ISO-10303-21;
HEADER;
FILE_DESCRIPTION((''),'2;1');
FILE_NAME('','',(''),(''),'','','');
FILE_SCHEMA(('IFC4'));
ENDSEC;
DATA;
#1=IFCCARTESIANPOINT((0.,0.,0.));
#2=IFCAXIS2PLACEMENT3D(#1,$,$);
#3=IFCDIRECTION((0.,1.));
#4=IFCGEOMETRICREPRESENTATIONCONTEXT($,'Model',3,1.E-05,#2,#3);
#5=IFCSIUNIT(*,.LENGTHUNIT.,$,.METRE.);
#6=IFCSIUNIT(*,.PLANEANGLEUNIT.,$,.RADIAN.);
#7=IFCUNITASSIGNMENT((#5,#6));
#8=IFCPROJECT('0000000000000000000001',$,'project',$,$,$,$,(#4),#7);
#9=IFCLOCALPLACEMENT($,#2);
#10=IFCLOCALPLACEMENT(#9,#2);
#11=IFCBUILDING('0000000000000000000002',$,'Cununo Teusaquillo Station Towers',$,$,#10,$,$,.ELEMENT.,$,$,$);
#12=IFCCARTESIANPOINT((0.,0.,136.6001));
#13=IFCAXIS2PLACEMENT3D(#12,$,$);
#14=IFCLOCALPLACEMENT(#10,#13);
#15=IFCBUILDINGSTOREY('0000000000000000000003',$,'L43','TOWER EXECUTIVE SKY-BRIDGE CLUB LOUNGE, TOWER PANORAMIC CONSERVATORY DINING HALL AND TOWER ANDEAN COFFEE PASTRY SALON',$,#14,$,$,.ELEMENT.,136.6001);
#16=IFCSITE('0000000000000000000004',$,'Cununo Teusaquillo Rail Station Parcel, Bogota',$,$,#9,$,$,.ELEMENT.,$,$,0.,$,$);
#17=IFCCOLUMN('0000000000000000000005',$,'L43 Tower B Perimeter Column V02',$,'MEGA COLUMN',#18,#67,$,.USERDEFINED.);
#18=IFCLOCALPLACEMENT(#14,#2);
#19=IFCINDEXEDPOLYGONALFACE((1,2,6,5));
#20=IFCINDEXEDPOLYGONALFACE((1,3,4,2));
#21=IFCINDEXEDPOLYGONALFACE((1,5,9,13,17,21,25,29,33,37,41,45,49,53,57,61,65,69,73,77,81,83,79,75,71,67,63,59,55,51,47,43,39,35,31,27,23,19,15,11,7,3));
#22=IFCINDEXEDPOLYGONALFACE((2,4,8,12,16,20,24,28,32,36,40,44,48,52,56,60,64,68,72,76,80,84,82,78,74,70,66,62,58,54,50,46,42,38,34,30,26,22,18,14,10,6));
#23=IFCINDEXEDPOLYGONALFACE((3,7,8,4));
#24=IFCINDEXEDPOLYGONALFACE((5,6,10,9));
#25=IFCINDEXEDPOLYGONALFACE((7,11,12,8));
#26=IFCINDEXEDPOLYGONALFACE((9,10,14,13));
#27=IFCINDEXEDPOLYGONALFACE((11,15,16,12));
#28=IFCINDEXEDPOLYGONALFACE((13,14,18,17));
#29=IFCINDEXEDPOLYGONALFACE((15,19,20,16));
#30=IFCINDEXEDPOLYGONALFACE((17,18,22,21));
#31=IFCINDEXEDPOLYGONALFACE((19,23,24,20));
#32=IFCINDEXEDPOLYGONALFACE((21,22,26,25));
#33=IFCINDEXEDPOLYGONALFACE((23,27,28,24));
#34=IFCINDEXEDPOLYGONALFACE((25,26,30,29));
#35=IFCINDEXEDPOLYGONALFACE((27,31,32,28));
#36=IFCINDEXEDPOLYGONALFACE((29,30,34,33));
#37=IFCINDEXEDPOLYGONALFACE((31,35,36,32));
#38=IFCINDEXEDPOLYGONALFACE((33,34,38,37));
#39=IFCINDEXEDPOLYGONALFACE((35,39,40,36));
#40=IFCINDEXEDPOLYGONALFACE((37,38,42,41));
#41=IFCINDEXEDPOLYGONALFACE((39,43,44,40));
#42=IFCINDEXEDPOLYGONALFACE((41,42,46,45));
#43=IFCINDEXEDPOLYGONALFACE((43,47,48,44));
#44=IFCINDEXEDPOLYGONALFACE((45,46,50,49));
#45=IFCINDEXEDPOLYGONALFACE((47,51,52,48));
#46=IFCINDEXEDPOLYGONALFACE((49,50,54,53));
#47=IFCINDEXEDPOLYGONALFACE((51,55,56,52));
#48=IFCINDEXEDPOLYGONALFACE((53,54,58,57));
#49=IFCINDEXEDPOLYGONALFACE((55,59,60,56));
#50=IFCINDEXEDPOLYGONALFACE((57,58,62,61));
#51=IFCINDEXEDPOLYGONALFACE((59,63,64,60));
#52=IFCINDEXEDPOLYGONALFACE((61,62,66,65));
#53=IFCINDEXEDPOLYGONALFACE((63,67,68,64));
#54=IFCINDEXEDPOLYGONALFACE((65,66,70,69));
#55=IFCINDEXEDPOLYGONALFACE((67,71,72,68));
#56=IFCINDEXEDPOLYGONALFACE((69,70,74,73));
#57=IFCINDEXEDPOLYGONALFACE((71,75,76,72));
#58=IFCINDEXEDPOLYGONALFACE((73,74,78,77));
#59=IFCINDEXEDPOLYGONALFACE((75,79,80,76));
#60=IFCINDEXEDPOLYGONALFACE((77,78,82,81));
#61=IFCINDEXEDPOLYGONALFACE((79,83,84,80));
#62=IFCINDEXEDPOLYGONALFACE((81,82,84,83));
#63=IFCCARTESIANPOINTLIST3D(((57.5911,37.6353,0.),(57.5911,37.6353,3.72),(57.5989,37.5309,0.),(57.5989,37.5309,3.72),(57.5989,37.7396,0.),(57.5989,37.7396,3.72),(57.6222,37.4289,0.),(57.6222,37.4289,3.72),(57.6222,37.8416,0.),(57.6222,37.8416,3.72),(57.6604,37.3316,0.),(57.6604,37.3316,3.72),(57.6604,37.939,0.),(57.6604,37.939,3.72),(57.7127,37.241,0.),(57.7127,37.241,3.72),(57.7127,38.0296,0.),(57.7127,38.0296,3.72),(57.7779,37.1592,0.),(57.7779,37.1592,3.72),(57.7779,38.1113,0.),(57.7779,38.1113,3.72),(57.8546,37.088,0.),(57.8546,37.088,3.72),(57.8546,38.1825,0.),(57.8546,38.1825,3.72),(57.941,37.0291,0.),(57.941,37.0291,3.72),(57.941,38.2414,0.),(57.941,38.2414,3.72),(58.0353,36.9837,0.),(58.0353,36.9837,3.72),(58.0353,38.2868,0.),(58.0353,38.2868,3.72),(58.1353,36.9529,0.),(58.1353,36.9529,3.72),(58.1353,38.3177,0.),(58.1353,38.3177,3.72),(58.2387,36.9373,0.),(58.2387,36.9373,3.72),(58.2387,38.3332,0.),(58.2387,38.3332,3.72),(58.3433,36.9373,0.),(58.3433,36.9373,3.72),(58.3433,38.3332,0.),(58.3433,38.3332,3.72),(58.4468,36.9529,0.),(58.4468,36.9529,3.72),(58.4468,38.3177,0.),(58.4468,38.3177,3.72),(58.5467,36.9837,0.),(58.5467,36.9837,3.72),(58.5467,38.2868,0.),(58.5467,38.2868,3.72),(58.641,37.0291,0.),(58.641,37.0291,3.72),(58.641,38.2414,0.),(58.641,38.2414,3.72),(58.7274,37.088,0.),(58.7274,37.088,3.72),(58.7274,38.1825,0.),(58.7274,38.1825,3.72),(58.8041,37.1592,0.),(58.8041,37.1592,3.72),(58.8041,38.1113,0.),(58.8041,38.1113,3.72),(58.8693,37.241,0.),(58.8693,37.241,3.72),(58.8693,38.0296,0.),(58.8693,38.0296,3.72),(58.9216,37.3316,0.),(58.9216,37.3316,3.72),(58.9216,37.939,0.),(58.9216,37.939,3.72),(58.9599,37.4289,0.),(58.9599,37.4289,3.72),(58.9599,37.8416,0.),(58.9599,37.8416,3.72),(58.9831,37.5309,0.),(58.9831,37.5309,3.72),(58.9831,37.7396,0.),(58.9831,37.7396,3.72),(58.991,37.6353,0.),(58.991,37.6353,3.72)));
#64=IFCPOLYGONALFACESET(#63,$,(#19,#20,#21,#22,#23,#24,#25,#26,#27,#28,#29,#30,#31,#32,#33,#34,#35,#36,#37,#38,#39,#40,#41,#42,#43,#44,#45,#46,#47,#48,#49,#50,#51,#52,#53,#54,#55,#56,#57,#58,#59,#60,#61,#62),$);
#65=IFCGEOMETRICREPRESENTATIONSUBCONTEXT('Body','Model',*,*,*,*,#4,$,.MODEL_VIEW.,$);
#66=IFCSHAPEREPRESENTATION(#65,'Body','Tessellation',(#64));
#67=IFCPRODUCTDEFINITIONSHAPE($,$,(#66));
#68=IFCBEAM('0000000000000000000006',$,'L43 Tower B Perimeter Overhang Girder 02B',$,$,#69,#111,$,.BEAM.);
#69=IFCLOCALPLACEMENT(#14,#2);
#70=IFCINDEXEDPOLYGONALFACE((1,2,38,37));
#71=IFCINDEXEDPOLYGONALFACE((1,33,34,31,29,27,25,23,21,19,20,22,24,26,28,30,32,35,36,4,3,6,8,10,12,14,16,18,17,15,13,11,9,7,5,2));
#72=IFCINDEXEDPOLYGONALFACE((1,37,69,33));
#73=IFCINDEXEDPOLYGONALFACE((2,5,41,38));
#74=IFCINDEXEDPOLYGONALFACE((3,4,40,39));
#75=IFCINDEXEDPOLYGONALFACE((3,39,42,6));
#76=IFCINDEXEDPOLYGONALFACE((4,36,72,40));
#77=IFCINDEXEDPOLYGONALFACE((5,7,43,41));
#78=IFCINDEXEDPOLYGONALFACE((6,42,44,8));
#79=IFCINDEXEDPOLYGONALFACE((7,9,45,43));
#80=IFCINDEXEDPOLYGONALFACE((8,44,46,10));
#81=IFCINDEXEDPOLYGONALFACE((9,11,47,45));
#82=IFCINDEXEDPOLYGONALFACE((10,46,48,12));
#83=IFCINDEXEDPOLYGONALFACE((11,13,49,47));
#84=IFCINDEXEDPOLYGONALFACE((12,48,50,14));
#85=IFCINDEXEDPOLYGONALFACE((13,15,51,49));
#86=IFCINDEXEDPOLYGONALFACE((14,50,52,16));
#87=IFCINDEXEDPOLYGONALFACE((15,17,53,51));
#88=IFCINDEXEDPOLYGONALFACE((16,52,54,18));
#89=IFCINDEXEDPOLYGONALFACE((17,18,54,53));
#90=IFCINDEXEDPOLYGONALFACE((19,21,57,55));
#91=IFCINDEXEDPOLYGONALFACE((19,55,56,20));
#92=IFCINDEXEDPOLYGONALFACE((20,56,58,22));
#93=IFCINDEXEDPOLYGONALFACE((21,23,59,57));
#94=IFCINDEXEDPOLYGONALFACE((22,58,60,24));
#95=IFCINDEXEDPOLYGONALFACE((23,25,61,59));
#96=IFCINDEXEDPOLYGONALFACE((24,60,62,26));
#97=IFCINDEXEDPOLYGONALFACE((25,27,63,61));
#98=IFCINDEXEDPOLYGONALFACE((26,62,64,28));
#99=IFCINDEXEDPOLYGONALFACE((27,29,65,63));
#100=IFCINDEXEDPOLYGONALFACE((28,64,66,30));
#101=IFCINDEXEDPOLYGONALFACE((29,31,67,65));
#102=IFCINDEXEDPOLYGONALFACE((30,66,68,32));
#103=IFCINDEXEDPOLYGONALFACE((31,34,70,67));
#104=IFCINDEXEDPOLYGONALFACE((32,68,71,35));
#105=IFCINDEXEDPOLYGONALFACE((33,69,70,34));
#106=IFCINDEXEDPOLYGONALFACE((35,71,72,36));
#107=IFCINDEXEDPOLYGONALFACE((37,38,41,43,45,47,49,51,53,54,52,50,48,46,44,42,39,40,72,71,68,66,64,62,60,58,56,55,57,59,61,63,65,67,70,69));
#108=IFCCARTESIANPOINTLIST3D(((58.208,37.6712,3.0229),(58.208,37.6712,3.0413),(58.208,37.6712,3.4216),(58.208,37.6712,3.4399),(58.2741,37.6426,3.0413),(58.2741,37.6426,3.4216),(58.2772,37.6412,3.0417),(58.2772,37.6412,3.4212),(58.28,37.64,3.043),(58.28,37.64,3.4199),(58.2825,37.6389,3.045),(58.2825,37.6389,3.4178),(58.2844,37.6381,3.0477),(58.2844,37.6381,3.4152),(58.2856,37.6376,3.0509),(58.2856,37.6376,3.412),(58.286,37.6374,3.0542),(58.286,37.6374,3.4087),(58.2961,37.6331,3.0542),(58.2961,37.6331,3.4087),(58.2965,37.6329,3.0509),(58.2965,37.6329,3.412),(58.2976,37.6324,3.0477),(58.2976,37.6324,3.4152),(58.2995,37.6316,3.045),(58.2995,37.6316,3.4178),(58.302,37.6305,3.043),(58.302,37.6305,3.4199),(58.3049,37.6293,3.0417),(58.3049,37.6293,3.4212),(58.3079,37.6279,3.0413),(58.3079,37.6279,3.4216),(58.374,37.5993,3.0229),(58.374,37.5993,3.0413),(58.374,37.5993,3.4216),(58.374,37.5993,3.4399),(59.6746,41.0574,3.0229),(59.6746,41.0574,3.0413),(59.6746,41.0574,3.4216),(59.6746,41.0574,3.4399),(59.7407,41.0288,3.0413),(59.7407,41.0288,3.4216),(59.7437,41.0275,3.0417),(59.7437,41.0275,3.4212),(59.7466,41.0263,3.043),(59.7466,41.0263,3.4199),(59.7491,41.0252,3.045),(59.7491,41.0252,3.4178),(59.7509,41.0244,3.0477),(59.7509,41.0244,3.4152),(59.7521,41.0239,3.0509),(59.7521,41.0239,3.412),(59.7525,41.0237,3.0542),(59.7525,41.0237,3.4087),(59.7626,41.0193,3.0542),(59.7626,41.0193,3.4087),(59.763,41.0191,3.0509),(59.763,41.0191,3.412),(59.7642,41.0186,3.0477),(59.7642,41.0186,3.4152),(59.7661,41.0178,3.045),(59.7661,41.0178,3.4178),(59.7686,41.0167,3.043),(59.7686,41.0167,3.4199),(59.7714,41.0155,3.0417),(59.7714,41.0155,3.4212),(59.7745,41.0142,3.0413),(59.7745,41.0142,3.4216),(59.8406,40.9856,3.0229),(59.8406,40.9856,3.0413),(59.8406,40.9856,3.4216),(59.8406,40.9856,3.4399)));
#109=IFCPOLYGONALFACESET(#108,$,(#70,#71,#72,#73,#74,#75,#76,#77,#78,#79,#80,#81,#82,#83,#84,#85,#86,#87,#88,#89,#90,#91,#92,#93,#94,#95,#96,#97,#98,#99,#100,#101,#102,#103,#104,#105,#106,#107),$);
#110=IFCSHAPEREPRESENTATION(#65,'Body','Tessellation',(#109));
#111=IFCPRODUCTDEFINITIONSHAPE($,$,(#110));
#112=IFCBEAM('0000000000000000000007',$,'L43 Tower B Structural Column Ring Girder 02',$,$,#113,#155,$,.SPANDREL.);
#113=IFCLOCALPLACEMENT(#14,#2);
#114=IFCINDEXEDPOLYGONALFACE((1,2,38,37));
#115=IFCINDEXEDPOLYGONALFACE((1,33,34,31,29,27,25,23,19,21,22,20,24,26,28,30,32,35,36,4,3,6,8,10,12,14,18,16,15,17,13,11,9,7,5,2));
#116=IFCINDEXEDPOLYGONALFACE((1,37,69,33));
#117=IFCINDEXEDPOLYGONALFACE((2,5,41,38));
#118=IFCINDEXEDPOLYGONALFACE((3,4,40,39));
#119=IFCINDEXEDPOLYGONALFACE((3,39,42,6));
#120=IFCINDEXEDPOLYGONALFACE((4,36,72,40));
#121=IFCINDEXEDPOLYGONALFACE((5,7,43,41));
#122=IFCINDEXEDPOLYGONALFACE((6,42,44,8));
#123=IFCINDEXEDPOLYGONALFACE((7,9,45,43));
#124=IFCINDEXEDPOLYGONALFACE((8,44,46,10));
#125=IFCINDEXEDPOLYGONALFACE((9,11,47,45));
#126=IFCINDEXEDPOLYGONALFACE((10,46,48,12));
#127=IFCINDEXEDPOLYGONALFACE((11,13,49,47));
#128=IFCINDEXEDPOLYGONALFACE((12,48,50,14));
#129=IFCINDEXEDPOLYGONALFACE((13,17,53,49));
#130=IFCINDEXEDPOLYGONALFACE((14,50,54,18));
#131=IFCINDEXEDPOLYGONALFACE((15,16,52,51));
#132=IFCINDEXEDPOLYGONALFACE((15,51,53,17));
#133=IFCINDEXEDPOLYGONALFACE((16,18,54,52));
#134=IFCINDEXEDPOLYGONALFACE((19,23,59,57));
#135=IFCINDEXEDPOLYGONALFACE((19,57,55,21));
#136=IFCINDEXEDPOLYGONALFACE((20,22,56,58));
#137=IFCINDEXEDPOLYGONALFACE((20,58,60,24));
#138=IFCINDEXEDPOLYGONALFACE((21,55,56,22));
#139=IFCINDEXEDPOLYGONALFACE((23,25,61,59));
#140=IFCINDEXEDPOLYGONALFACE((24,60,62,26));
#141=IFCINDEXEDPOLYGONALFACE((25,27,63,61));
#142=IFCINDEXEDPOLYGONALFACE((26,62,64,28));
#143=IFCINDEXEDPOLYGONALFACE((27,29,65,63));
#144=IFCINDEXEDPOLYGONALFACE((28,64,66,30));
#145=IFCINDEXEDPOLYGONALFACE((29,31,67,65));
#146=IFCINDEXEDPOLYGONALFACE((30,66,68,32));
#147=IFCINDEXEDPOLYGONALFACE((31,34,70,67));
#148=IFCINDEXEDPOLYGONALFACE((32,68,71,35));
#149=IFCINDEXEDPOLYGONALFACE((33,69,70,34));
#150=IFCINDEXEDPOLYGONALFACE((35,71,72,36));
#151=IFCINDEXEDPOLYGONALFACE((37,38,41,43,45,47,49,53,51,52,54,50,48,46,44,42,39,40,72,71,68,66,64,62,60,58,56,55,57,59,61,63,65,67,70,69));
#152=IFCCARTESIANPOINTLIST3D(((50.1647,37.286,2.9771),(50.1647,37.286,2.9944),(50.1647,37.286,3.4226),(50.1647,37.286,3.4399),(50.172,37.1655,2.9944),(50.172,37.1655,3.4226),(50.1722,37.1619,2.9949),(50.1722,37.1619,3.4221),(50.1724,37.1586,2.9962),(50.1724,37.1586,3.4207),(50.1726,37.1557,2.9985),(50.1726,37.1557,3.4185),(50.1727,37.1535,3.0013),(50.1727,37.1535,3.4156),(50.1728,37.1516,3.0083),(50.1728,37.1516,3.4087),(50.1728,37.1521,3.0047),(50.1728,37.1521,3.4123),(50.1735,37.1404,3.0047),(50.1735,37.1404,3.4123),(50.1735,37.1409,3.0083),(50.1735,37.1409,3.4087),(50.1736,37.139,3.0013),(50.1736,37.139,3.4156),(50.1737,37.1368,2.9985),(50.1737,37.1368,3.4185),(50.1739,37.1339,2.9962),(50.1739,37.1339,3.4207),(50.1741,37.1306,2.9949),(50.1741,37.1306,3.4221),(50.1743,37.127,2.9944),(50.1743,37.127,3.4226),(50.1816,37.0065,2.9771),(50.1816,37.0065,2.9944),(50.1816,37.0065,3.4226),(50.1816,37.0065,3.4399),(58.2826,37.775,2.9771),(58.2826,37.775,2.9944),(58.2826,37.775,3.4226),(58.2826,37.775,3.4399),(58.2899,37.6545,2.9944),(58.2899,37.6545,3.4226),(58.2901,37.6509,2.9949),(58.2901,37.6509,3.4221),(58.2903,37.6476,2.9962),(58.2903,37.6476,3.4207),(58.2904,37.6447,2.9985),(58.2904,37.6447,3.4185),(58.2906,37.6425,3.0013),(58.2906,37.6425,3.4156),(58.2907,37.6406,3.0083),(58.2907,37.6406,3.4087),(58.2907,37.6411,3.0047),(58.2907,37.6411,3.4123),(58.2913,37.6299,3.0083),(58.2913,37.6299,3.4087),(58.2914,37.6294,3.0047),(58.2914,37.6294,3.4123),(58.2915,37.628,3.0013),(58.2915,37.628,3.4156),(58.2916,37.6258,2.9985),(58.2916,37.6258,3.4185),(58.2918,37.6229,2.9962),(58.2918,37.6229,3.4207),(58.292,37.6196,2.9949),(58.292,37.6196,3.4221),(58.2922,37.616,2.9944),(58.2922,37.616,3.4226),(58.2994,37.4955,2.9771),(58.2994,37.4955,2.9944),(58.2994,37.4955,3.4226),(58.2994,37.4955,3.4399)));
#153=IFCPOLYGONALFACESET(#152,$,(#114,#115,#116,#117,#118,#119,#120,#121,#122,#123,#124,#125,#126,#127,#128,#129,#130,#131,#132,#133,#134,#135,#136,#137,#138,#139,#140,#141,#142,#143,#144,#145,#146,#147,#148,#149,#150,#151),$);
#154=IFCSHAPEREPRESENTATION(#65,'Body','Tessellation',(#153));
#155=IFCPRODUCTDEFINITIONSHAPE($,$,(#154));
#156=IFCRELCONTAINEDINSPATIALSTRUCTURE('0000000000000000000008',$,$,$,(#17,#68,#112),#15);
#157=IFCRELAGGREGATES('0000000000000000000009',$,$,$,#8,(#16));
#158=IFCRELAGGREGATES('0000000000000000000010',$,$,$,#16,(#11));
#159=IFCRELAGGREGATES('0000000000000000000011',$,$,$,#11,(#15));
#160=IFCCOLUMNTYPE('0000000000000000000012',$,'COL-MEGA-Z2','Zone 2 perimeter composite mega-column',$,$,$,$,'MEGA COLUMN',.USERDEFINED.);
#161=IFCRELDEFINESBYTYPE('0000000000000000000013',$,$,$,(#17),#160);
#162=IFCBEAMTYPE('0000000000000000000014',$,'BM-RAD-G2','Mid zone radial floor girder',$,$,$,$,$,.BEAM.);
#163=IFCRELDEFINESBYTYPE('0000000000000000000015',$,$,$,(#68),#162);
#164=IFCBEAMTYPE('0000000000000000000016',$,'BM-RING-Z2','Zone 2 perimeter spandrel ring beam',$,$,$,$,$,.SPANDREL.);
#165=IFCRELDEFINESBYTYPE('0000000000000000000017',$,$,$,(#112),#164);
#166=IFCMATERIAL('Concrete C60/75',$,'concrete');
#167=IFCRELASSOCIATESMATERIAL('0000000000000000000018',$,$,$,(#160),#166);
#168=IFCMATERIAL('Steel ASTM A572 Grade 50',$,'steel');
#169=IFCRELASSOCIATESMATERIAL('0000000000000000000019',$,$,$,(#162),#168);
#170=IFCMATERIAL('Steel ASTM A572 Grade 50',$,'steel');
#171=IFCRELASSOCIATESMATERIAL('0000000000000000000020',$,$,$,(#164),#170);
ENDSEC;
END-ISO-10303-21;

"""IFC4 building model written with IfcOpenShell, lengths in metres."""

from ifc_helpers import new_model, si_unit, direction, frame, origin, origin_2d, place, context, subcontext, project, spatial, circle, i_section, extrude, material, material_profile, profile_set, type_object, element, save


model = new_model("IFC4")

# Units and contexts
model_context = context("Model", 3, precision=1e-05, world=origin(), true_north=direction((0.0, 1.0)))
body_context = subcontext(model_context, "Body", "Model", "MODEL_VIEW")
ifc_project = project(units=[si_unit("LENGTHUNIT", "METRE"), si_unit("PLANEANGLEUNIT", "RADIAN")], contexts=[model_context])

# Site, building, storey
site_placement = place(None, origin())
site = spatial("IfcSite", under=ifc_project, at=site_placement, Name="Cununo Teusaquillo Rail Station Parcel, Bogota", CompositionType="ELEMENT", RefElevation=0.0)
building_placement = place(site_placement, origin())
building = spatial("IfcBuilding", under=site, at=building_placement, Name="Cununo Teusaquillo Station Towers", CompositionType="ELEMENT")
storey_placement = place(building_placement, frame((0.0, 0.0, 136.6001)))
storey = spatial("IfcBuildingStorey", under=building, at=storey_placement, Name="L43", Description="TOWER EXECUTIVE SKY-BRIDGE CLUB LOUNGE, TOWER PANORAMIC CONSERVATORY DINING HALL AND TOWER ANDEAN COFFEE PASTRY SALON", CompositionType="ELEMENT", Elevation=136.6001)

# Column
ifc_material_1 = material(Name="Concrete C60/75", Category="concrete")
ifc_material_profile_1 = material_profile(ifc_material_1, circle(Radius=0.7, at=origin_2d()), Name="RC-CIRC-1400")
ifc_profile_set_1 = profile_set([ifc_material_profile_1], Name="Concrete C60/75")
column_type = type_object("IfcColumnType", Name="COL-MEGA-Z2", Description="Zone 2 perimeter composite mega-column", ElementType="MEGA COLUMN", PredefinedType="USERDEFINED", material=ifc_profile_set_1)
column_placement = place(storey_placement, frame((58.291, 37.6353, 0.0), z_axis=(0.0, 0.0, 1.0), x_axis=(1.0, 0.0, 0.0)))
element("IfcColumn", 1, at=column_placement, inside=storey, type_object=column_type, Name="L43 Tower B Perimeter Column V02", ObjectType="MEGA COLUMN", PredefinedType="USERDEFINED", context=body_context, shape_type="SweptSolid", body=[
    extrude(circle(Radius=0.7, at=origin_2d()), origin(), (0.0, 0.0, 1.0), 3.72),
])

# Beams
ifc_material_2 = material(Name="Steel ASTM A572 Grade 50", Category="steel")
ifc_material_profile_2 = material_profile(ifc_material_2, i_section(OverallWidth=0.1809, OverallDepth=0.417, WebThickness=0.011, FlangeThickness=0.0183, FilletRadius=0.0129, at=origin_2d()), Name="W16X57")
ifc_profile_set_2 = profile_set([ifc_material_profile_2], Name="Steel ASTM A572 Grade 50")
beam_type_1 = type_object("IfcBeamType", Name="BM-RAD-G2", Description="Mid zone radial floor girder", PredefinedType="BEAM", material=ifc_profile_set_2)
beam_1_placement = place(storey_placement, frame((58.291, 37.6353, 3.2314), z_axis=(0.397422, 0.917636, 0.0), x_axis=(-0.917636, 0.397422, 0.0)))
element("IfcBeam", 2, at=beam_1_placement, inside=storey, type_object=beam_type_1, Name="L43 Tower B Perimeter Overhang Girder 02B", PredefinedType="BEAM", context=body_context, shape_type="SweptSolid", body=[
    extrude(i_section(OverallWidth=0.1809, OverallDepth=0.417, WebThickness=0.011, FlangeThickness=0.0183, FilletRadius=0.0129, at=origin_2d()), origin(), (0.0, 0.0, 1.0), 3.6902),
])
ifc_material_3 = material(Name="Steel ASTM A572 Grade 50", Category="steel")
ifc_material_profile_3 = material_profile(ifc_material_3, i_section(OverallWidth=0.28, OverallDepth=0.4629, WebThickness=0.0107, FlangeThickness=0.0173, FilletRadius=0.0139, at=origin_2d()), Name="W18X76")
ifc_profile_set_3 = profile_set([ifc_material_profile_3], Name="Steel ASTM A572 Grade 50")
beam_type_2 = type_object("IfcBeamType", Name="BM-RING-Z2", Description="Zone 2 perimeter spandrel ring beam", PredefinedType="SPANDREL", material=ifc_profile_set_3)
beam_2_placement = place(storey_placement, frame((58.291, 37.6353, 3.2085), z_axis=(-0.998191, -0.06013, 0.0), x_axis=(0.06013, -0.998191, 0.0)))
element("IfcBeam", 3, at=beam_2_placement, inside=storey, type_object=beam_type_2, Name="L43 Tower B Structural Column Ring Girder 02", PredefinedType="SPANDREL", context=body_context, shape_type="SweptSolid", body=[
    extrude(i_section(OverallWidth=0.28, OverallDepth=0.4629, WebThickness=0.0107, FlangeThickness=0.0173, FilletRadius=0.0139, at=origin_2d()), origin(), (0.0, 0.0, 1.0), 8.1326),
])

save(model, "model.ifc")
